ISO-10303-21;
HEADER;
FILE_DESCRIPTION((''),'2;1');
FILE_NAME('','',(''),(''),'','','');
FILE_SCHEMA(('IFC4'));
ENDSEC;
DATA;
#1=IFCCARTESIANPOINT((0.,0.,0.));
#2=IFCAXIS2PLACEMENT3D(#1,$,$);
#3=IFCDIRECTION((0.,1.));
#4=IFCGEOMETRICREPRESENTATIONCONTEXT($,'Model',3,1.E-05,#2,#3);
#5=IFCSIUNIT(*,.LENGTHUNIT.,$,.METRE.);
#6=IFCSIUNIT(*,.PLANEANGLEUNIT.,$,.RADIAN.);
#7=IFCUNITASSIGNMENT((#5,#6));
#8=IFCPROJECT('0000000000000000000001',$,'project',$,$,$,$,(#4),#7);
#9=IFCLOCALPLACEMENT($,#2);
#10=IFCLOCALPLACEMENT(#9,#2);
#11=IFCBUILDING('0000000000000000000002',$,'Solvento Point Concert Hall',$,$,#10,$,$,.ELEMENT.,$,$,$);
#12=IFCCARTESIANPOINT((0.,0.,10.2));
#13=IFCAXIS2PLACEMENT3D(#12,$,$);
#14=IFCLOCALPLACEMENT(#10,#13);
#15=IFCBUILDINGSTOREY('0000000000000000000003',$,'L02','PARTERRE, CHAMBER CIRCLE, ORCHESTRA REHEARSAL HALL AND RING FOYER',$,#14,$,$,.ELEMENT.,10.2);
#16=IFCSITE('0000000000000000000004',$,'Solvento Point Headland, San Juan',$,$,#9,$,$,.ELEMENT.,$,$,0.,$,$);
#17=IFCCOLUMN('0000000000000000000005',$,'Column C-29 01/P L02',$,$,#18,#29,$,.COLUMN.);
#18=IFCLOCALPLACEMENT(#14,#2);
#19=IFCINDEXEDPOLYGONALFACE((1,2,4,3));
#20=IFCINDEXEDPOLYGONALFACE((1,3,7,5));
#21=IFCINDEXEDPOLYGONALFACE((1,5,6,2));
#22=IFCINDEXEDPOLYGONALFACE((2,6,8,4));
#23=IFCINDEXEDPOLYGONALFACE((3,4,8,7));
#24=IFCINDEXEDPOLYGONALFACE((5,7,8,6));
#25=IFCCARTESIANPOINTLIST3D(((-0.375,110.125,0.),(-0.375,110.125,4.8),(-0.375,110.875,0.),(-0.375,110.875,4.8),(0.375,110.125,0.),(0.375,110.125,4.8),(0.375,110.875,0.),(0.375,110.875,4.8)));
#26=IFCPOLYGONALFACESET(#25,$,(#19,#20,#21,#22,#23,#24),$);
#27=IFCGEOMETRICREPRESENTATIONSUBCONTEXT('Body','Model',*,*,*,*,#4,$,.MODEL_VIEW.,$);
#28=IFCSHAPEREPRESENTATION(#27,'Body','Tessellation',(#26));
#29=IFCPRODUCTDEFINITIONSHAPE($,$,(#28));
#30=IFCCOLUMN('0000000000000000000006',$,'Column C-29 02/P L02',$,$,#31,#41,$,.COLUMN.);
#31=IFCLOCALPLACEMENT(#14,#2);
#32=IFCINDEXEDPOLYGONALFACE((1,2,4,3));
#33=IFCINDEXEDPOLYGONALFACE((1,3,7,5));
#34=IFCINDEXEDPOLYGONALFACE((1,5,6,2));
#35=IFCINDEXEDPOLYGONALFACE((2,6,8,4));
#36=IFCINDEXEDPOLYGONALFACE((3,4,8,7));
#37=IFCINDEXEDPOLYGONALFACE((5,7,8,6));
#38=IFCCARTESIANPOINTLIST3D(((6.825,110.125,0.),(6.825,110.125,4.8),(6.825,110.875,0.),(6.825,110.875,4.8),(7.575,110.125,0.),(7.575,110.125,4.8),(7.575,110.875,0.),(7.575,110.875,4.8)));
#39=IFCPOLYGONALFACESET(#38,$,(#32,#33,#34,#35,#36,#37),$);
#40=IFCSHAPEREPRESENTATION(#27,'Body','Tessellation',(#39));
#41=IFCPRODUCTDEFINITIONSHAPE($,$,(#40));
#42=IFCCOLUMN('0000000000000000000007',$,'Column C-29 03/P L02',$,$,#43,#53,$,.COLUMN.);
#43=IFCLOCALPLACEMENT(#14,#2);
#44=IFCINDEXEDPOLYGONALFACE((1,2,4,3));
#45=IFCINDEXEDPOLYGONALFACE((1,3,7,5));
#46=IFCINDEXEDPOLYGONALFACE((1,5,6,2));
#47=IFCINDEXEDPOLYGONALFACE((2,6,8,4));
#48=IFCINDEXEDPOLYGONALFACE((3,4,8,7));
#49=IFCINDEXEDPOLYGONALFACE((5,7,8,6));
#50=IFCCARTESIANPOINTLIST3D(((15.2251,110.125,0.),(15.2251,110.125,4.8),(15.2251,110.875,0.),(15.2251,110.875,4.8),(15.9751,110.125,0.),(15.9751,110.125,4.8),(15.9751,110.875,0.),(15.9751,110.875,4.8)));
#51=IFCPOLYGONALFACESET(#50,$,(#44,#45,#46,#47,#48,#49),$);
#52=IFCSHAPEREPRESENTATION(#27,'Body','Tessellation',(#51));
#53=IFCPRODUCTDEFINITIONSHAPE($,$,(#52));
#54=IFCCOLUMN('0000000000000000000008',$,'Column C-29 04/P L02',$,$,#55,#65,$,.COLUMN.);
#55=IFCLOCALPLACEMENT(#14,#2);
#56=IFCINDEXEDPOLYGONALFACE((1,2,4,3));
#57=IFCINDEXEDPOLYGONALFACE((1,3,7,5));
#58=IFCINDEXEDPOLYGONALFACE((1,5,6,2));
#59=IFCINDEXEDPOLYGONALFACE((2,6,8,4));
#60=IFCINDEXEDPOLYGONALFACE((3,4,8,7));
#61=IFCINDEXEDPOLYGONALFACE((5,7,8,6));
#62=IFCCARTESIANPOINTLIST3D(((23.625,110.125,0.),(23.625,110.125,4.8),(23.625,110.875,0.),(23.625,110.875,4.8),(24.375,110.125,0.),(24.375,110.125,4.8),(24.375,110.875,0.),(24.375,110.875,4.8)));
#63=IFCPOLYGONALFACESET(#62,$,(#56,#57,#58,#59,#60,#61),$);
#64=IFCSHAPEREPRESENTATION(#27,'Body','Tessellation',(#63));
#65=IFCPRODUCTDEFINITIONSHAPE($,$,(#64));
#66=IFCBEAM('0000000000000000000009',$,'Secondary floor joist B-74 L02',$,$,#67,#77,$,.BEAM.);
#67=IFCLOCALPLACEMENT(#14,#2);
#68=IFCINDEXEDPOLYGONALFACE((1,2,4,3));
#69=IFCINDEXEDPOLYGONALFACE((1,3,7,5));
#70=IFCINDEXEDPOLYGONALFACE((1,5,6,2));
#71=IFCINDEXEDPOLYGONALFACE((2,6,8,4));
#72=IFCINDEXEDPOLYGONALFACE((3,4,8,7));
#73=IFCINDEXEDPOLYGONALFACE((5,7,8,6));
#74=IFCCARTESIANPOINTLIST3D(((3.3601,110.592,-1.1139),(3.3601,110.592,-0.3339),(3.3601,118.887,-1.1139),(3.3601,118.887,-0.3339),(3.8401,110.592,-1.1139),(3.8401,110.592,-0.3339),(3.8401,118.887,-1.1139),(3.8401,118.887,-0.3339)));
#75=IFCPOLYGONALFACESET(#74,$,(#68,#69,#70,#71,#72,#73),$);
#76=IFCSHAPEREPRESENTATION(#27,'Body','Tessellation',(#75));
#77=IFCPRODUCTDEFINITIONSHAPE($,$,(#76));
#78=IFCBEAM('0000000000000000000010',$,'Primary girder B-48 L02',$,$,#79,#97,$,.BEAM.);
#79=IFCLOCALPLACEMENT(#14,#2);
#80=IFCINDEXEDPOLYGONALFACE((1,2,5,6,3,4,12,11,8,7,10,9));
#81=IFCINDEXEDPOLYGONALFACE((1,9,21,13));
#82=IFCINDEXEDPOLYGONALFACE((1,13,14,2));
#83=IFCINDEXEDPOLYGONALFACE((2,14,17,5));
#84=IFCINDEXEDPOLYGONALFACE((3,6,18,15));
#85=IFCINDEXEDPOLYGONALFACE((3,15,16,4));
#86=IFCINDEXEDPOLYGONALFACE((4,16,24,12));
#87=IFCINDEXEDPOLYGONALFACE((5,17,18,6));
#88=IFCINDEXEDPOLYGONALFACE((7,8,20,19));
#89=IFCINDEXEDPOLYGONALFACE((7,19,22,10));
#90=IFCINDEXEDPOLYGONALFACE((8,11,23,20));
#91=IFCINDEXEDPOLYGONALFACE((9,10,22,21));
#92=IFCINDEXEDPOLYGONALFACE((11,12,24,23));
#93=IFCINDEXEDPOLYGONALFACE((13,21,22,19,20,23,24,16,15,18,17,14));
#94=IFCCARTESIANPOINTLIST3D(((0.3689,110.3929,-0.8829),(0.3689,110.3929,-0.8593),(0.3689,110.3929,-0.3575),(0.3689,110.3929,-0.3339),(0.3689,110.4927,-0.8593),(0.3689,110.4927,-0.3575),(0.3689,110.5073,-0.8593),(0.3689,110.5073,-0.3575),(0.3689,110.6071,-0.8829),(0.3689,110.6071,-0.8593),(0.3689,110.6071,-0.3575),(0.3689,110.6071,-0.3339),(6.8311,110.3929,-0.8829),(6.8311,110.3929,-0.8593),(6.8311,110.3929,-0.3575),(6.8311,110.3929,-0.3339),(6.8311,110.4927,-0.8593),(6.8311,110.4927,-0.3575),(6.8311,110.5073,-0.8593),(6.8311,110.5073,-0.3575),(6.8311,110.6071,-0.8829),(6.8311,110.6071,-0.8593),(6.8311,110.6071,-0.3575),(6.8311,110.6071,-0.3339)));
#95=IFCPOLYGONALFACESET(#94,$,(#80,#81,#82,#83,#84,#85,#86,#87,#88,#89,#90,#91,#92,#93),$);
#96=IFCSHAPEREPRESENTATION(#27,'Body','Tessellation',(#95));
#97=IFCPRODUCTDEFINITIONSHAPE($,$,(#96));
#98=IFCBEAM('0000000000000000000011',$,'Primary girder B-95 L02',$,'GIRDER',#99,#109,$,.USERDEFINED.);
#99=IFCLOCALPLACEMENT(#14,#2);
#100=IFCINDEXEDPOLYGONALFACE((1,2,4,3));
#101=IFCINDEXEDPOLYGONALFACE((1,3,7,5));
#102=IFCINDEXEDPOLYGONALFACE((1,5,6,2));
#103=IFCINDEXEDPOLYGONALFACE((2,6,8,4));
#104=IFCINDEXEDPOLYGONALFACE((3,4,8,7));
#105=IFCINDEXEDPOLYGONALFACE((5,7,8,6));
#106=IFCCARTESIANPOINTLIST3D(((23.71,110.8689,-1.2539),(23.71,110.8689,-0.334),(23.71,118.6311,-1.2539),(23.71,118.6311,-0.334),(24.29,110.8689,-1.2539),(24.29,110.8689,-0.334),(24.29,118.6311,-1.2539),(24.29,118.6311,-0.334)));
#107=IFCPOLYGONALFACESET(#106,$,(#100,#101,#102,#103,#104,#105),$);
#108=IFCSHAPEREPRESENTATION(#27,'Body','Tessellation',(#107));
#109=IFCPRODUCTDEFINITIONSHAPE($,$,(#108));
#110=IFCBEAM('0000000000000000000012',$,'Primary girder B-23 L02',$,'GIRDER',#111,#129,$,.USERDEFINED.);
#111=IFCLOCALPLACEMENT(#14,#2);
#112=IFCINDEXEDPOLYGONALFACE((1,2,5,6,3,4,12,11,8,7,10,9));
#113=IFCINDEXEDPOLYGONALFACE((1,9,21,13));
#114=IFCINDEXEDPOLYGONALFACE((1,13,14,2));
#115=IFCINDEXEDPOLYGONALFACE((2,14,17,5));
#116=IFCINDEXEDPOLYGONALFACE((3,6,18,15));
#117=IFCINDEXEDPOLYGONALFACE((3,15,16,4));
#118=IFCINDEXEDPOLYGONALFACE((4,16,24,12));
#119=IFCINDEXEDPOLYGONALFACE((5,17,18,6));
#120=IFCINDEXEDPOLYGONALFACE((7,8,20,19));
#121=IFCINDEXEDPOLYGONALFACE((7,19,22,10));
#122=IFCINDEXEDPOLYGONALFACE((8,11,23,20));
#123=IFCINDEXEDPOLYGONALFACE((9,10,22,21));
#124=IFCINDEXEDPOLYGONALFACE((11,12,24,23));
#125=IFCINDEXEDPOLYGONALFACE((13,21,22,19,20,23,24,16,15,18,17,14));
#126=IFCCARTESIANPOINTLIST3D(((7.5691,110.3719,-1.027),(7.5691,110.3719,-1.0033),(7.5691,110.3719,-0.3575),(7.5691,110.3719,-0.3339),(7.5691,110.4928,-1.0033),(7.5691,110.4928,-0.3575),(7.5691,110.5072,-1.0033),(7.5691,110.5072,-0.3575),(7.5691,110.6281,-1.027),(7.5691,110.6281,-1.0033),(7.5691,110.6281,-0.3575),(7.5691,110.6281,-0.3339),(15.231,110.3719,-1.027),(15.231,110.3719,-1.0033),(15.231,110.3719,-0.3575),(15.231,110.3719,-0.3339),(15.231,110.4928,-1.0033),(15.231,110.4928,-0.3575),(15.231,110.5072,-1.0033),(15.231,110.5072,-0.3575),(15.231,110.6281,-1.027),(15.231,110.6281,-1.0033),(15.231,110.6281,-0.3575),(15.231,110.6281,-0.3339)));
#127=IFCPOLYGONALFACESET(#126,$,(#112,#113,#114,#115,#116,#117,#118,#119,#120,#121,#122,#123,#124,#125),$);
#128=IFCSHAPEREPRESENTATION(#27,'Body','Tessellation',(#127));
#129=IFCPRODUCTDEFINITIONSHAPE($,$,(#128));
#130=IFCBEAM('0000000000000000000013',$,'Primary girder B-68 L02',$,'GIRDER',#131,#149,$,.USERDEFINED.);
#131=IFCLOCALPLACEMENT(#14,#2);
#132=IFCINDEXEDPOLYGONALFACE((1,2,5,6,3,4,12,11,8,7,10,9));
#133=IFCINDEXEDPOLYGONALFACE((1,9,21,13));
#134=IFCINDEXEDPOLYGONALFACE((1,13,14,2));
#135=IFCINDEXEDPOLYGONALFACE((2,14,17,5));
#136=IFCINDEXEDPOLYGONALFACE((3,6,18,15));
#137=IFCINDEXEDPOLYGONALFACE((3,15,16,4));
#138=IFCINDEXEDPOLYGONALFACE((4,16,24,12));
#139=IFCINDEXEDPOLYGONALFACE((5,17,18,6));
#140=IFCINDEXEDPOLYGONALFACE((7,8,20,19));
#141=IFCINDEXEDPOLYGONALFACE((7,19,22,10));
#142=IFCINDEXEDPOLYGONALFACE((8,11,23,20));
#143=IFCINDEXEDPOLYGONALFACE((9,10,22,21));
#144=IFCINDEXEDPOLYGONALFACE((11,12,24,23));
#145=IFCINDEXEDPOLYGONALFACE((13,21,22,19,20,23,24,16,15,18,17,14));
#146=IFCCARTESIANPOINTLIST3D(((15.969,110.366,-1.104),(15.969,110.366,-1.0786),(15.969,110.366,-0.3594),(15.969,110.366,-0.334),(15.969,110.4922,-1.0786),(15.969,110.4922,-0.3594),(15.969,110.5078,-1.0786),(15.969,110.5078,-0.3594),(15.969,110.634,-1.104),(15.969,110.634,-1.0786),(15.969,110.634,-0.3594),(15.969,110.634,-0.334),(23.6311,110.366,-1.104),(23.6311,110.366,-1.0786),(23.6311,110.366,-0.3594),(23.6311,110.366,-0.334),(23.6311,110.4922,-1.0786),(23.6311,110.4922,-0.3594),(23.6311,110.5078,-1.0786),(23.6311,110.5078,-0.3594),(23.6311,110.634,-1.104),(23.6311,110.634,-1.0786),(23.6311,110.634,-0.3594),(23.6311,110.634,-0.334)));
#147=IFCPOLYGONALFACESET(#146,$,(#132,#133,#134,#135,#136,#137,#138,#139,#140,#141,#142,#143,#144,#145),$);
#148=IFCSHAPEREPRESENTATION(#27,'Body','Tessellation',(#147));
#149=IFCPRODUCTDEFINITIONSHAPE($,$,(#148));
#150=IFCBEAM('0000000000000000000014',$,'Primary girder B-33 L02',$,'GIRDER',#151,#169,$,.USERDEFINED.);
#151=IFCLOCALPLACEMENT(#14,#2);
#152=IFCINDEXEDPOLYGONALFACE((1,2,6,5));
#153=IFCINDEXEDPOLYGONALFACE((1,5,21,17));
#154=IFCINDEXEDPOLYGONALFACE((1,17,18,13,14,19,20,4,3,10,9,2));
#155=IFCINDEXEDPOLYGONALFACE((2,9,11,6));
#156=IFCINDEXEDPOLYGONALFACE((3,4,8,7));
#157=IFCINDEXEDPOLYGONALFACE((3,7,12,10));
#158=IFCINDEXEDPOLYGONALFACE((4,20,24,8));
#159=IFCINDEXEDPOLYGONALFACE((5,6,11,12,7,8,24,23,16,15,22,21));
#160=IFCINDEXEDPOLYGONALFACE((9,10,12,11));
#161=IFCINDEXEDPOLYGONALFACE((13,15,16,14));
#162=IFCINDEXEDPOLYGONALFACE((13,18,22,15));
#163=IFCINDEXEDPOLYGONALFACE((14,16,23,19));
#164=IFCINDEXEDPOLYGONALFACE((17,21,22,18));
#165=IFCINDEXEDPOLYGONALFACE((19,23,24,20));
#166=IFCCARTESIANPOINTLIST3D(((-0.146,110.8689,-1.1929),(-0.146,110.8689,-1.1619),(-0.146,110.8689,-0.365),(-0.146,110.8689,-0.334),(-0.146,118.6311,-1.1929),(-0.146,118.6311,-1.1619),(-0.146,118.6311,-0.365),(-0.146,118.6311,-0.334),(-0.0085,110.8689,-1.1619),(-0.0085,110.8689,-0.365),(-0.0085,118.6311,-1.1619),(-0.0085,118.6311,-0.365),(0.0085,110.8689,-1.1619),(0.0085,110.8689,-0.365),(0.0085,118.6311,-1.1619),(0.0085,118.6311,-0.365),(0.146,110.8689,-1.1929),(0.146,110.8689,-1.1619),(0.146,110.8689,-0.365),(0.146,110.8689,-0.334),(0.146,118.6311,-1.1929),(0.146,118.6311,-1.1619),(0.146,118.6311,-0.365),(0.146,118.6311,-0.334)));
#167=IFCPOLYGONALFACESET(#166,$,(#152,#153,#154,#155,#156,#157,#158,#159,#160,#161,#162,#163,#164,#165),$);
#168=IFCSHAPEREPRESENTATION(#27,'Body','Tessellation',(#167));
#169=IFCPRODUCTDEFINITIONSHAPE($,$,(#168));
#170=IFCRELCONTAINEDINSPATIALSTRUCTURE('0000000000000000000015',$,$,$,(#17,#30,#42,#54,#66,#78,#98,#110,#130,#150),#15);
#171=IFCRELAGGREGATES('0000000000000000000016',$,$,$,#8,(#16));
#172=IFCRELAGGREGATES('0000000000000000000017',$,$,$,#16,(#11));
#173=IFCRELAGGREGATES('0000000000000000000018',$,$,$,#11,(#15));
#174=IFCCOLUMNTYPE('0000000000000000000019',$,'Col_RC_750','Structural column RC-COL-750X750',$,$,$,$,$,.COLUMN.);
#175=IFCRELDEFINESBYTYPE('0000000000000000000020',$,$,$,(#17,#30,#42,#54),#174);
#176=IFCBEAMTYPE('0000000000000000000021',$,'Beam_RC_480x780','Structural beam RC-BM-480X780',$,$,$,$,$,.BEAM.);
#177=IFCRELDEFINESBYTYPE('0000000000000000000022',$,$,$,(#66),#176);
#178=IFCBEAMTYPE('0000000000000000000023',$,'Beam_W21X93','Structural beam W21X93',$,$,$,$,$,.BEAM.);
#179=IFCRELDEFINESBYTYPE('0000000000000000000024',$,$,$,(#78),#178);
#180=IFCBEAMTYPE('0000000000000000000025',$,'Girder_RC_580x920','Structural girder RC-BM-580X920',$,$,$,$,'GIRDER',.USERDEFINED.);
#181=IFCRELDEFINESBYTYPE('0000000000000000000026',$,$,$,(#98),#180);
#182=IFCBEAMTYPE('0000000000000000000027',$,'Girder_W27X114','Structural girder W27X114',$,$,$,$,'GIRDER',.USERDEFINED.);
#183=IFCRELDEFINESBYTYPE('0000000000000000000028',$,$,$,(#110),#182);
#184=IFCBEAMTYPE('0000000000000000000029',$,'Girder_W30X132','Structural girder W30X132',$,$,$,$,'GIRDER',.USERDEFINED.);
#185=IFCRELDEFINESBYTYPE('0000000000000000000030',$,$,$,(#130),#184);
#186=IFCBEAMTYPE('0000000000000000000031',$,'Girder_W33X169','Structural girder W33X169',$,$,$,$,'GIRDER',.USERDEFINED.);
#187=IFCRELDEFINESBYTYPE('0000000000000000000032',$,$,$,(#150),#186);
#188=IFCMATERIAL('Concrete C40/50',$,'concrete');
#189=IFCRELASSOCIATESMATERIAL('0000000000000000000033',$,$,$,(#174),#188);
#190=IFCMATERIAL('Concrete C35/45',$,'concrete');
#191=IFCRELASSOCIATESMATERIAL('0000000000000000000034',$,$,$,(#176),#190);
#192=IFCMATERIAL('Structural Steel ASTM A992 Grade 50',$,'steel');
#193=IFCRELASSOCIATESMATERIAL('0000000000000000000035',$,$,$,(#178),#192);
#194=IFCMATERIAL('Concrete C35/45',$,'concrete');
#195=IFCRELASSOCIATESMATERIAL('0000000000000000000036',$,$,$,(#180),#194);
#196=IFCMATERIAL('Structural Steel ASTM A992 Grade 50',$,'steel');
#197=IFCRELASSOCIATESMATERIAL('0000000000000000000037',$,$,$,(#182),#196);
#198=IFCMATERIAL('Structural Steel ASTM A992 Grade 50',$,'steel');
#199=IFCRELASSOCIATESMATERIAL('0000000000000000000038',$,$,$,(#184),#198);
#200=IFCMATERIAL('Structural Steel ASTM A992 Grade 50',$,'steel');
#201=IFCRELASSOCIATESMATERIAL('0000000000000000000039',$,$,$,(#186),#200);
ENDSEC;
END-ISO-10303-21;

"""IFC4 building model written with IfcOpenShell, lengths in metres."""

from ifc_helpers import new_model, si_unit, direction, frame, origin, origin_2d, place, context, subcontext, project, spatial, rectangle, i_section, extrude, material, material_profile, profile_set, type_object, element, save


model = new_model("IFC4")

# Units and contexts
model_context = context("Model", 3, precision=1e-05, world=origin(), true_north=direction((0.0, 1.0)))
body_context = subcontext(model_context, "Body", "Model", "MODEL_VIEW")
ifc_project = project(units=[si_unit("LENGTHUNIT", "METRE"), si_unit("PLANEANGLEUNIT", "RADIAN")], contexts=[model_context])

# Site, building, storey
site_placement = place(None, origin())
site = spatial("IfcSite", under=ifc_project, at=site_placement, Name="Solvento Point Headland, San Juan", CompositionType="ELEMENT", RefElevation=0.0)
building_placement = place(site_placement, origin())
building = spatial("IfcBuilding", under=site, at=building_placement, Name="Solvento Point Concert Hall", CompositionType="ELEMENT")
storey_placement = place(building_placement, frame((0.0, 0.0, 10.2)))
storey = spatial("IfcBuildingStorey", under=building, at=storey_placement, Name="L02", Description="PARTERRE, CHAMBER CIRCLE, ORCHESTRA REHEARSAL HALL AND RING FOYER", CompositionType="ELEMENT", Elevation=10.2)

# Columns
ifc_material_1 = material(Name="Concrete C40/50", Category="concrete")
ifc_material_profile_1 = material_profile(ifc_material_1, rectangle(XDim=0.75, YDim=0.75, at=origin_2d()), Name="RC-COL-750X750")
ifc_profile_set_1 = profile_set([ifc_material_profile_1], Name="Concrete C40/50")
column_type = type_object("IfcColumnType", Name="Col_RC_750", Description="Structural column RC-COL-750X750", PredefinedType="COLUMN", material=ifc_profile_set_1)
for number, where, z_axis, x_axis, name in (
    (1, (0.0, 110.5, 0.0), (0.0, 0.0, 1.0), (1.0, 0.0, 0.0), "Column C-29 01/P L02"),
    (2, (7.2, 110.5, 0.0), (0.0, 0.0, 1.0), (1.0, 0.0, 0.0), "Column C-29 02/P L02"),
    (3, (15.6001, 110.5, 0.0), (0.0, 0.0, 1.0), (1.0, 0.0, 0.0), "Column C-29 03/P L02"),
    (4, (24.0, 110.5, 0.0), (0.0, 0.0, 1.0), (1.0, 0.0, 0.0), "Column C-29 04/P L02"),
):
    element("IfcColumn", number, at=place(storey_placement, frame(where, z_axis=z_axis, x_axis=x_axis)), inside=storey, type_object=column_type, Name=name, PredefinedType="COLUMN", context=body_context, shape_type="SweptSolid", body=[
        extrude(rectangle(XDim=0.75, YDim=0.75, at=origin_2d()), origin(), (0.0, 0.0, 1.0), 4.8),
    ])

# Beams
ifc_material_2 = material(Name="Concrete C35/45", Category="concrete")
ifc_material_profile_2 = material_profile(ifc_material_2, rectangle(XDim=0.48, YDim=0.78, at=origin_2d()), Name="RC-BM-480X780")
ifc_profile_set_2 = profile_set([ifc_material_profile_2], Name="Concrete C35/45")
beam_type_1 = type_object("IfcBeamType", Name="Beam_RC_480x780", Description="Structural beam RC-BM-480X780", PredefinedType="BEAM", material=ifc_profile_set_2)
beam_1_placement = place(storey_placement, frame((3.6001, 110.592, -0.7239), z_axis=(0.0, 1.0, 0.0), x_axis=(-1.0, 0.0, 0.0)))
element("IfcBeam", 5, at=beam_1_placement, inside=storey, type_object=beam_type_1, Name="Secondary floor joist B-74 L02", PredefinedType="BEAM", context=body_context, shape_type="SweptSolid", body=[
    extrude(rectangle(XDim=0.48, YDim=0.78, at=origin_2d()), origin(), (0.0, 0.0, 1.0), 8.2949),
])
ifc_material_3 = material(Name="Structural Steel ASTM A992 Grade 50", Category="steel")
ifc_material_profile_3 = material_profile(ifc_material_3, i_section(OverallWidth=0.2141, OverallDepth=0.5491, WebThickness=0.0146, FlangeThickness=0.0237, at=origin_2d()), Name="W21X93")
ifc_profile_set_3 = profile_set([ifc_material_profile_3], Name="Structural Steel ASTM A992 Grade 50")
beam_type_2 = type_object("IfcBeamType", Name="Beam_W21X93", Description="Structural beam W21X93", PredefinedType="BEAM", material=ifc_profile_set_3)
beam_2_placement = place(storey_placement, frame((0.3689, 110.5, -0.6084), z_axis=(1.0, 0.0, 0.0), x_axis=(0.0, 1.0, 0.0)))
element("IfcBeam", 6, at=beam_2_placement, inside=storey, type_object=beam_type_2, Name="Primary girder B-48 L02", PredefinedType="BEAM", context=body_context, shape_type="SweptSolid", body=[
    extrude(i_section(OverallWidth=0.2141, OverallDepth=0.5491, WebThickness=0.0146, FlangeThickness=0.0237, at=origin_2d()), origin(), (0.0, 0.0, 1.0), 6.4622),
])
ifc_material_4 = material(Name="Concrete C35/45", Category="concrete")
ifc_material_profile_4 = material_profile(ifc_material_4, rectangle(XDim=0.5801, YDim=0.9199, at=origin_2d()), Name="RC-BM-580X920")
ifc_profile_set_4 = profile_set([ifc_material_profile_4], Name="Concrete C35/45")
beam_type_3 = type_object("IfcBeamType", Name="Girder_RC_580x920", Description="Structural girder RC-BM-580X920", ElementType="GIRDER", PredefinedType="USERDEFINED", material=ifc_profile_set_4)
beam_3_placement = place(storey_placement, frame((24.0, 110.8689, -0.7939), z_axis=(0.0, 1.0, 0.0), x_axis=(-1.0, 0.0, 0.0)))
element("IfcBeam", 7, at=beam_3_placement, inside=storey, type_object=beam_type_3, Name="Primary girder B-95 L02", ObjectType="GIRDER", PredefinedType="USERDEFINED", context=body_context, shape_type="SweptSolid", body=[
    extrude(rectangle(XDim=0.5801, YDim=0.9199, at=origin_2d()), origin(), (0.0, 0.0, 1.0), 7.7622),
])
ifc_material_5 = material(Name="Structural Steel ASTM A992 Grade 50", Category="steel")
ifc_material_profile_5 = material_profile(ifc_material_5, i_section(OverallWidth=0.2561, OverallDepth=0.6931, WebThickness=0.0144, FlangeThickness=0.0237, at=origin_2d()), Name="W27X114")
ifc_profile_set_5 = profile_set([ifc_material_profile_5], Name="Structural Steel ASTM A992 Grade 50")
beam_type_4 = type_object("IfcBeamType", Name="Girder_W27X114", Description="Structural girder W27X114", ElementType="GIRDER", PredefinedType="USERDEFINED", material=ifc_profile_set_5)
beam_4_placement = place(storey_placement, frame((7.5691, 110.5, -0.6804), z_axis=(1.0, 0.0, 0.0), x_axis=(0.0, 1.0, 0.0)))
element("IfcBeam", 8, at=beam_4_placement, inside=storey, type_object=beam_type_4, Name="Primary girder B-23 L02", ObjectType="GIRDER", PredefinedType="USERDEFINED", context=body_context, shape_type="SweptSolid", body=[
    extrude(i_section(OverallWidth=0.2561, OverallDepth=0.6931, WebThickness=0.0144, FlangeThickness=0.0237, at=origin_2d()), origin(), (0.0, 0.0, 1.0), 7.6619),
])
ifc_material_6 = material(Name="Structural Steel ASTM A992 Grade 50", Category="steel")
ifc_material_profile_6 = material_profile(ifc_material_6, i_section(OverallWidth=0.2681, OverallDepth=0.77, WebThickness=0.0156, FlangeThickness=0.0254, at=origin_2d()), Name="W30X132")
ifc_profile_set_6 = profile_set([ifc_material_profile_6], Name="Structural Steel ASTM A992 Grade 50")
beam_type_5 = type_object("IfcBeamType", Name="Girder_W30X132", Description="Structural girder W30X132", ElementType="GIRDER", PredefinedType="USERDEFINED", material=ifc_profile_set_6)
beam_5_placement = place(storey_placement, frame((15.969, 110.5, -0.719), z_axis=(1.0, 0.0, 0.0), x_axis=(0.0, 1.0, 0.0)))
element("IfcBeam", 9, at=beam_5_placement, inside=storey, type_object=beam_type_5, Name="Primary girder B-68 L02", ObjectType="GIRDER", PredefinedType="USERDEFINED", context=body_context, shape_type="SweptSolid", body=[
    extrude(i_section(OverallWidth=0.2681, OverallDepth=0.77, WebThickness=0.0156, FlangeThickness=0.0254, at=origin_2d()), origin(), (0.0, 0.0, 1.0), 7.6621),
])
ifc_material_7 = material(Name="Structural Steel ASTM A992 Grade 50", Category="steel")
ifc_material_profile_7 = material_profile(ifc_material_7, i_section(OverallWidth=0.292, OverallDepth=0.8589, WebThickness=0.0171, FlangeThickness=0.031, at=origin_2d()), Name="W33X169")
ifc_profile_set_7 = profile_set([ifc_material_profile_7], Name="Structural Steel ASTM A992 Grade 50")
beam_type_6 = type_object("IfcBeamType", Name="Girder_W33X169", Description="Structural girder W33X169", ElementType="GIRDER", PredefinedType="USERDEFINED", material=ifc_profile_set_7)
beam_6_placement = place(storey_placement, frame((0.0, 110.8689, -0.7634), z_axis=(0.0, 1.0, 0.0), x_axis=(-1.0, 0.0, 0.0)))
element("IfcBeam", 10, at=beam_6_placement, inside=storey, type_object=beam_type_6, Name="Primary girder B-33 L02", ObjectType="GIRDER", PredefinedType="USERDEFINED", context=body_context, shape_type="SweptSolid", body=[
    extrude(i_section(OverallWidth=0.292, OverallDepth=0.8589, WebThickness=0.0171, FlangeThickness=0.031, at=origin_2d()), origin(), (0.0, 0.0, 1.0), 7.7622),
])

save(model, "model.ifc")
